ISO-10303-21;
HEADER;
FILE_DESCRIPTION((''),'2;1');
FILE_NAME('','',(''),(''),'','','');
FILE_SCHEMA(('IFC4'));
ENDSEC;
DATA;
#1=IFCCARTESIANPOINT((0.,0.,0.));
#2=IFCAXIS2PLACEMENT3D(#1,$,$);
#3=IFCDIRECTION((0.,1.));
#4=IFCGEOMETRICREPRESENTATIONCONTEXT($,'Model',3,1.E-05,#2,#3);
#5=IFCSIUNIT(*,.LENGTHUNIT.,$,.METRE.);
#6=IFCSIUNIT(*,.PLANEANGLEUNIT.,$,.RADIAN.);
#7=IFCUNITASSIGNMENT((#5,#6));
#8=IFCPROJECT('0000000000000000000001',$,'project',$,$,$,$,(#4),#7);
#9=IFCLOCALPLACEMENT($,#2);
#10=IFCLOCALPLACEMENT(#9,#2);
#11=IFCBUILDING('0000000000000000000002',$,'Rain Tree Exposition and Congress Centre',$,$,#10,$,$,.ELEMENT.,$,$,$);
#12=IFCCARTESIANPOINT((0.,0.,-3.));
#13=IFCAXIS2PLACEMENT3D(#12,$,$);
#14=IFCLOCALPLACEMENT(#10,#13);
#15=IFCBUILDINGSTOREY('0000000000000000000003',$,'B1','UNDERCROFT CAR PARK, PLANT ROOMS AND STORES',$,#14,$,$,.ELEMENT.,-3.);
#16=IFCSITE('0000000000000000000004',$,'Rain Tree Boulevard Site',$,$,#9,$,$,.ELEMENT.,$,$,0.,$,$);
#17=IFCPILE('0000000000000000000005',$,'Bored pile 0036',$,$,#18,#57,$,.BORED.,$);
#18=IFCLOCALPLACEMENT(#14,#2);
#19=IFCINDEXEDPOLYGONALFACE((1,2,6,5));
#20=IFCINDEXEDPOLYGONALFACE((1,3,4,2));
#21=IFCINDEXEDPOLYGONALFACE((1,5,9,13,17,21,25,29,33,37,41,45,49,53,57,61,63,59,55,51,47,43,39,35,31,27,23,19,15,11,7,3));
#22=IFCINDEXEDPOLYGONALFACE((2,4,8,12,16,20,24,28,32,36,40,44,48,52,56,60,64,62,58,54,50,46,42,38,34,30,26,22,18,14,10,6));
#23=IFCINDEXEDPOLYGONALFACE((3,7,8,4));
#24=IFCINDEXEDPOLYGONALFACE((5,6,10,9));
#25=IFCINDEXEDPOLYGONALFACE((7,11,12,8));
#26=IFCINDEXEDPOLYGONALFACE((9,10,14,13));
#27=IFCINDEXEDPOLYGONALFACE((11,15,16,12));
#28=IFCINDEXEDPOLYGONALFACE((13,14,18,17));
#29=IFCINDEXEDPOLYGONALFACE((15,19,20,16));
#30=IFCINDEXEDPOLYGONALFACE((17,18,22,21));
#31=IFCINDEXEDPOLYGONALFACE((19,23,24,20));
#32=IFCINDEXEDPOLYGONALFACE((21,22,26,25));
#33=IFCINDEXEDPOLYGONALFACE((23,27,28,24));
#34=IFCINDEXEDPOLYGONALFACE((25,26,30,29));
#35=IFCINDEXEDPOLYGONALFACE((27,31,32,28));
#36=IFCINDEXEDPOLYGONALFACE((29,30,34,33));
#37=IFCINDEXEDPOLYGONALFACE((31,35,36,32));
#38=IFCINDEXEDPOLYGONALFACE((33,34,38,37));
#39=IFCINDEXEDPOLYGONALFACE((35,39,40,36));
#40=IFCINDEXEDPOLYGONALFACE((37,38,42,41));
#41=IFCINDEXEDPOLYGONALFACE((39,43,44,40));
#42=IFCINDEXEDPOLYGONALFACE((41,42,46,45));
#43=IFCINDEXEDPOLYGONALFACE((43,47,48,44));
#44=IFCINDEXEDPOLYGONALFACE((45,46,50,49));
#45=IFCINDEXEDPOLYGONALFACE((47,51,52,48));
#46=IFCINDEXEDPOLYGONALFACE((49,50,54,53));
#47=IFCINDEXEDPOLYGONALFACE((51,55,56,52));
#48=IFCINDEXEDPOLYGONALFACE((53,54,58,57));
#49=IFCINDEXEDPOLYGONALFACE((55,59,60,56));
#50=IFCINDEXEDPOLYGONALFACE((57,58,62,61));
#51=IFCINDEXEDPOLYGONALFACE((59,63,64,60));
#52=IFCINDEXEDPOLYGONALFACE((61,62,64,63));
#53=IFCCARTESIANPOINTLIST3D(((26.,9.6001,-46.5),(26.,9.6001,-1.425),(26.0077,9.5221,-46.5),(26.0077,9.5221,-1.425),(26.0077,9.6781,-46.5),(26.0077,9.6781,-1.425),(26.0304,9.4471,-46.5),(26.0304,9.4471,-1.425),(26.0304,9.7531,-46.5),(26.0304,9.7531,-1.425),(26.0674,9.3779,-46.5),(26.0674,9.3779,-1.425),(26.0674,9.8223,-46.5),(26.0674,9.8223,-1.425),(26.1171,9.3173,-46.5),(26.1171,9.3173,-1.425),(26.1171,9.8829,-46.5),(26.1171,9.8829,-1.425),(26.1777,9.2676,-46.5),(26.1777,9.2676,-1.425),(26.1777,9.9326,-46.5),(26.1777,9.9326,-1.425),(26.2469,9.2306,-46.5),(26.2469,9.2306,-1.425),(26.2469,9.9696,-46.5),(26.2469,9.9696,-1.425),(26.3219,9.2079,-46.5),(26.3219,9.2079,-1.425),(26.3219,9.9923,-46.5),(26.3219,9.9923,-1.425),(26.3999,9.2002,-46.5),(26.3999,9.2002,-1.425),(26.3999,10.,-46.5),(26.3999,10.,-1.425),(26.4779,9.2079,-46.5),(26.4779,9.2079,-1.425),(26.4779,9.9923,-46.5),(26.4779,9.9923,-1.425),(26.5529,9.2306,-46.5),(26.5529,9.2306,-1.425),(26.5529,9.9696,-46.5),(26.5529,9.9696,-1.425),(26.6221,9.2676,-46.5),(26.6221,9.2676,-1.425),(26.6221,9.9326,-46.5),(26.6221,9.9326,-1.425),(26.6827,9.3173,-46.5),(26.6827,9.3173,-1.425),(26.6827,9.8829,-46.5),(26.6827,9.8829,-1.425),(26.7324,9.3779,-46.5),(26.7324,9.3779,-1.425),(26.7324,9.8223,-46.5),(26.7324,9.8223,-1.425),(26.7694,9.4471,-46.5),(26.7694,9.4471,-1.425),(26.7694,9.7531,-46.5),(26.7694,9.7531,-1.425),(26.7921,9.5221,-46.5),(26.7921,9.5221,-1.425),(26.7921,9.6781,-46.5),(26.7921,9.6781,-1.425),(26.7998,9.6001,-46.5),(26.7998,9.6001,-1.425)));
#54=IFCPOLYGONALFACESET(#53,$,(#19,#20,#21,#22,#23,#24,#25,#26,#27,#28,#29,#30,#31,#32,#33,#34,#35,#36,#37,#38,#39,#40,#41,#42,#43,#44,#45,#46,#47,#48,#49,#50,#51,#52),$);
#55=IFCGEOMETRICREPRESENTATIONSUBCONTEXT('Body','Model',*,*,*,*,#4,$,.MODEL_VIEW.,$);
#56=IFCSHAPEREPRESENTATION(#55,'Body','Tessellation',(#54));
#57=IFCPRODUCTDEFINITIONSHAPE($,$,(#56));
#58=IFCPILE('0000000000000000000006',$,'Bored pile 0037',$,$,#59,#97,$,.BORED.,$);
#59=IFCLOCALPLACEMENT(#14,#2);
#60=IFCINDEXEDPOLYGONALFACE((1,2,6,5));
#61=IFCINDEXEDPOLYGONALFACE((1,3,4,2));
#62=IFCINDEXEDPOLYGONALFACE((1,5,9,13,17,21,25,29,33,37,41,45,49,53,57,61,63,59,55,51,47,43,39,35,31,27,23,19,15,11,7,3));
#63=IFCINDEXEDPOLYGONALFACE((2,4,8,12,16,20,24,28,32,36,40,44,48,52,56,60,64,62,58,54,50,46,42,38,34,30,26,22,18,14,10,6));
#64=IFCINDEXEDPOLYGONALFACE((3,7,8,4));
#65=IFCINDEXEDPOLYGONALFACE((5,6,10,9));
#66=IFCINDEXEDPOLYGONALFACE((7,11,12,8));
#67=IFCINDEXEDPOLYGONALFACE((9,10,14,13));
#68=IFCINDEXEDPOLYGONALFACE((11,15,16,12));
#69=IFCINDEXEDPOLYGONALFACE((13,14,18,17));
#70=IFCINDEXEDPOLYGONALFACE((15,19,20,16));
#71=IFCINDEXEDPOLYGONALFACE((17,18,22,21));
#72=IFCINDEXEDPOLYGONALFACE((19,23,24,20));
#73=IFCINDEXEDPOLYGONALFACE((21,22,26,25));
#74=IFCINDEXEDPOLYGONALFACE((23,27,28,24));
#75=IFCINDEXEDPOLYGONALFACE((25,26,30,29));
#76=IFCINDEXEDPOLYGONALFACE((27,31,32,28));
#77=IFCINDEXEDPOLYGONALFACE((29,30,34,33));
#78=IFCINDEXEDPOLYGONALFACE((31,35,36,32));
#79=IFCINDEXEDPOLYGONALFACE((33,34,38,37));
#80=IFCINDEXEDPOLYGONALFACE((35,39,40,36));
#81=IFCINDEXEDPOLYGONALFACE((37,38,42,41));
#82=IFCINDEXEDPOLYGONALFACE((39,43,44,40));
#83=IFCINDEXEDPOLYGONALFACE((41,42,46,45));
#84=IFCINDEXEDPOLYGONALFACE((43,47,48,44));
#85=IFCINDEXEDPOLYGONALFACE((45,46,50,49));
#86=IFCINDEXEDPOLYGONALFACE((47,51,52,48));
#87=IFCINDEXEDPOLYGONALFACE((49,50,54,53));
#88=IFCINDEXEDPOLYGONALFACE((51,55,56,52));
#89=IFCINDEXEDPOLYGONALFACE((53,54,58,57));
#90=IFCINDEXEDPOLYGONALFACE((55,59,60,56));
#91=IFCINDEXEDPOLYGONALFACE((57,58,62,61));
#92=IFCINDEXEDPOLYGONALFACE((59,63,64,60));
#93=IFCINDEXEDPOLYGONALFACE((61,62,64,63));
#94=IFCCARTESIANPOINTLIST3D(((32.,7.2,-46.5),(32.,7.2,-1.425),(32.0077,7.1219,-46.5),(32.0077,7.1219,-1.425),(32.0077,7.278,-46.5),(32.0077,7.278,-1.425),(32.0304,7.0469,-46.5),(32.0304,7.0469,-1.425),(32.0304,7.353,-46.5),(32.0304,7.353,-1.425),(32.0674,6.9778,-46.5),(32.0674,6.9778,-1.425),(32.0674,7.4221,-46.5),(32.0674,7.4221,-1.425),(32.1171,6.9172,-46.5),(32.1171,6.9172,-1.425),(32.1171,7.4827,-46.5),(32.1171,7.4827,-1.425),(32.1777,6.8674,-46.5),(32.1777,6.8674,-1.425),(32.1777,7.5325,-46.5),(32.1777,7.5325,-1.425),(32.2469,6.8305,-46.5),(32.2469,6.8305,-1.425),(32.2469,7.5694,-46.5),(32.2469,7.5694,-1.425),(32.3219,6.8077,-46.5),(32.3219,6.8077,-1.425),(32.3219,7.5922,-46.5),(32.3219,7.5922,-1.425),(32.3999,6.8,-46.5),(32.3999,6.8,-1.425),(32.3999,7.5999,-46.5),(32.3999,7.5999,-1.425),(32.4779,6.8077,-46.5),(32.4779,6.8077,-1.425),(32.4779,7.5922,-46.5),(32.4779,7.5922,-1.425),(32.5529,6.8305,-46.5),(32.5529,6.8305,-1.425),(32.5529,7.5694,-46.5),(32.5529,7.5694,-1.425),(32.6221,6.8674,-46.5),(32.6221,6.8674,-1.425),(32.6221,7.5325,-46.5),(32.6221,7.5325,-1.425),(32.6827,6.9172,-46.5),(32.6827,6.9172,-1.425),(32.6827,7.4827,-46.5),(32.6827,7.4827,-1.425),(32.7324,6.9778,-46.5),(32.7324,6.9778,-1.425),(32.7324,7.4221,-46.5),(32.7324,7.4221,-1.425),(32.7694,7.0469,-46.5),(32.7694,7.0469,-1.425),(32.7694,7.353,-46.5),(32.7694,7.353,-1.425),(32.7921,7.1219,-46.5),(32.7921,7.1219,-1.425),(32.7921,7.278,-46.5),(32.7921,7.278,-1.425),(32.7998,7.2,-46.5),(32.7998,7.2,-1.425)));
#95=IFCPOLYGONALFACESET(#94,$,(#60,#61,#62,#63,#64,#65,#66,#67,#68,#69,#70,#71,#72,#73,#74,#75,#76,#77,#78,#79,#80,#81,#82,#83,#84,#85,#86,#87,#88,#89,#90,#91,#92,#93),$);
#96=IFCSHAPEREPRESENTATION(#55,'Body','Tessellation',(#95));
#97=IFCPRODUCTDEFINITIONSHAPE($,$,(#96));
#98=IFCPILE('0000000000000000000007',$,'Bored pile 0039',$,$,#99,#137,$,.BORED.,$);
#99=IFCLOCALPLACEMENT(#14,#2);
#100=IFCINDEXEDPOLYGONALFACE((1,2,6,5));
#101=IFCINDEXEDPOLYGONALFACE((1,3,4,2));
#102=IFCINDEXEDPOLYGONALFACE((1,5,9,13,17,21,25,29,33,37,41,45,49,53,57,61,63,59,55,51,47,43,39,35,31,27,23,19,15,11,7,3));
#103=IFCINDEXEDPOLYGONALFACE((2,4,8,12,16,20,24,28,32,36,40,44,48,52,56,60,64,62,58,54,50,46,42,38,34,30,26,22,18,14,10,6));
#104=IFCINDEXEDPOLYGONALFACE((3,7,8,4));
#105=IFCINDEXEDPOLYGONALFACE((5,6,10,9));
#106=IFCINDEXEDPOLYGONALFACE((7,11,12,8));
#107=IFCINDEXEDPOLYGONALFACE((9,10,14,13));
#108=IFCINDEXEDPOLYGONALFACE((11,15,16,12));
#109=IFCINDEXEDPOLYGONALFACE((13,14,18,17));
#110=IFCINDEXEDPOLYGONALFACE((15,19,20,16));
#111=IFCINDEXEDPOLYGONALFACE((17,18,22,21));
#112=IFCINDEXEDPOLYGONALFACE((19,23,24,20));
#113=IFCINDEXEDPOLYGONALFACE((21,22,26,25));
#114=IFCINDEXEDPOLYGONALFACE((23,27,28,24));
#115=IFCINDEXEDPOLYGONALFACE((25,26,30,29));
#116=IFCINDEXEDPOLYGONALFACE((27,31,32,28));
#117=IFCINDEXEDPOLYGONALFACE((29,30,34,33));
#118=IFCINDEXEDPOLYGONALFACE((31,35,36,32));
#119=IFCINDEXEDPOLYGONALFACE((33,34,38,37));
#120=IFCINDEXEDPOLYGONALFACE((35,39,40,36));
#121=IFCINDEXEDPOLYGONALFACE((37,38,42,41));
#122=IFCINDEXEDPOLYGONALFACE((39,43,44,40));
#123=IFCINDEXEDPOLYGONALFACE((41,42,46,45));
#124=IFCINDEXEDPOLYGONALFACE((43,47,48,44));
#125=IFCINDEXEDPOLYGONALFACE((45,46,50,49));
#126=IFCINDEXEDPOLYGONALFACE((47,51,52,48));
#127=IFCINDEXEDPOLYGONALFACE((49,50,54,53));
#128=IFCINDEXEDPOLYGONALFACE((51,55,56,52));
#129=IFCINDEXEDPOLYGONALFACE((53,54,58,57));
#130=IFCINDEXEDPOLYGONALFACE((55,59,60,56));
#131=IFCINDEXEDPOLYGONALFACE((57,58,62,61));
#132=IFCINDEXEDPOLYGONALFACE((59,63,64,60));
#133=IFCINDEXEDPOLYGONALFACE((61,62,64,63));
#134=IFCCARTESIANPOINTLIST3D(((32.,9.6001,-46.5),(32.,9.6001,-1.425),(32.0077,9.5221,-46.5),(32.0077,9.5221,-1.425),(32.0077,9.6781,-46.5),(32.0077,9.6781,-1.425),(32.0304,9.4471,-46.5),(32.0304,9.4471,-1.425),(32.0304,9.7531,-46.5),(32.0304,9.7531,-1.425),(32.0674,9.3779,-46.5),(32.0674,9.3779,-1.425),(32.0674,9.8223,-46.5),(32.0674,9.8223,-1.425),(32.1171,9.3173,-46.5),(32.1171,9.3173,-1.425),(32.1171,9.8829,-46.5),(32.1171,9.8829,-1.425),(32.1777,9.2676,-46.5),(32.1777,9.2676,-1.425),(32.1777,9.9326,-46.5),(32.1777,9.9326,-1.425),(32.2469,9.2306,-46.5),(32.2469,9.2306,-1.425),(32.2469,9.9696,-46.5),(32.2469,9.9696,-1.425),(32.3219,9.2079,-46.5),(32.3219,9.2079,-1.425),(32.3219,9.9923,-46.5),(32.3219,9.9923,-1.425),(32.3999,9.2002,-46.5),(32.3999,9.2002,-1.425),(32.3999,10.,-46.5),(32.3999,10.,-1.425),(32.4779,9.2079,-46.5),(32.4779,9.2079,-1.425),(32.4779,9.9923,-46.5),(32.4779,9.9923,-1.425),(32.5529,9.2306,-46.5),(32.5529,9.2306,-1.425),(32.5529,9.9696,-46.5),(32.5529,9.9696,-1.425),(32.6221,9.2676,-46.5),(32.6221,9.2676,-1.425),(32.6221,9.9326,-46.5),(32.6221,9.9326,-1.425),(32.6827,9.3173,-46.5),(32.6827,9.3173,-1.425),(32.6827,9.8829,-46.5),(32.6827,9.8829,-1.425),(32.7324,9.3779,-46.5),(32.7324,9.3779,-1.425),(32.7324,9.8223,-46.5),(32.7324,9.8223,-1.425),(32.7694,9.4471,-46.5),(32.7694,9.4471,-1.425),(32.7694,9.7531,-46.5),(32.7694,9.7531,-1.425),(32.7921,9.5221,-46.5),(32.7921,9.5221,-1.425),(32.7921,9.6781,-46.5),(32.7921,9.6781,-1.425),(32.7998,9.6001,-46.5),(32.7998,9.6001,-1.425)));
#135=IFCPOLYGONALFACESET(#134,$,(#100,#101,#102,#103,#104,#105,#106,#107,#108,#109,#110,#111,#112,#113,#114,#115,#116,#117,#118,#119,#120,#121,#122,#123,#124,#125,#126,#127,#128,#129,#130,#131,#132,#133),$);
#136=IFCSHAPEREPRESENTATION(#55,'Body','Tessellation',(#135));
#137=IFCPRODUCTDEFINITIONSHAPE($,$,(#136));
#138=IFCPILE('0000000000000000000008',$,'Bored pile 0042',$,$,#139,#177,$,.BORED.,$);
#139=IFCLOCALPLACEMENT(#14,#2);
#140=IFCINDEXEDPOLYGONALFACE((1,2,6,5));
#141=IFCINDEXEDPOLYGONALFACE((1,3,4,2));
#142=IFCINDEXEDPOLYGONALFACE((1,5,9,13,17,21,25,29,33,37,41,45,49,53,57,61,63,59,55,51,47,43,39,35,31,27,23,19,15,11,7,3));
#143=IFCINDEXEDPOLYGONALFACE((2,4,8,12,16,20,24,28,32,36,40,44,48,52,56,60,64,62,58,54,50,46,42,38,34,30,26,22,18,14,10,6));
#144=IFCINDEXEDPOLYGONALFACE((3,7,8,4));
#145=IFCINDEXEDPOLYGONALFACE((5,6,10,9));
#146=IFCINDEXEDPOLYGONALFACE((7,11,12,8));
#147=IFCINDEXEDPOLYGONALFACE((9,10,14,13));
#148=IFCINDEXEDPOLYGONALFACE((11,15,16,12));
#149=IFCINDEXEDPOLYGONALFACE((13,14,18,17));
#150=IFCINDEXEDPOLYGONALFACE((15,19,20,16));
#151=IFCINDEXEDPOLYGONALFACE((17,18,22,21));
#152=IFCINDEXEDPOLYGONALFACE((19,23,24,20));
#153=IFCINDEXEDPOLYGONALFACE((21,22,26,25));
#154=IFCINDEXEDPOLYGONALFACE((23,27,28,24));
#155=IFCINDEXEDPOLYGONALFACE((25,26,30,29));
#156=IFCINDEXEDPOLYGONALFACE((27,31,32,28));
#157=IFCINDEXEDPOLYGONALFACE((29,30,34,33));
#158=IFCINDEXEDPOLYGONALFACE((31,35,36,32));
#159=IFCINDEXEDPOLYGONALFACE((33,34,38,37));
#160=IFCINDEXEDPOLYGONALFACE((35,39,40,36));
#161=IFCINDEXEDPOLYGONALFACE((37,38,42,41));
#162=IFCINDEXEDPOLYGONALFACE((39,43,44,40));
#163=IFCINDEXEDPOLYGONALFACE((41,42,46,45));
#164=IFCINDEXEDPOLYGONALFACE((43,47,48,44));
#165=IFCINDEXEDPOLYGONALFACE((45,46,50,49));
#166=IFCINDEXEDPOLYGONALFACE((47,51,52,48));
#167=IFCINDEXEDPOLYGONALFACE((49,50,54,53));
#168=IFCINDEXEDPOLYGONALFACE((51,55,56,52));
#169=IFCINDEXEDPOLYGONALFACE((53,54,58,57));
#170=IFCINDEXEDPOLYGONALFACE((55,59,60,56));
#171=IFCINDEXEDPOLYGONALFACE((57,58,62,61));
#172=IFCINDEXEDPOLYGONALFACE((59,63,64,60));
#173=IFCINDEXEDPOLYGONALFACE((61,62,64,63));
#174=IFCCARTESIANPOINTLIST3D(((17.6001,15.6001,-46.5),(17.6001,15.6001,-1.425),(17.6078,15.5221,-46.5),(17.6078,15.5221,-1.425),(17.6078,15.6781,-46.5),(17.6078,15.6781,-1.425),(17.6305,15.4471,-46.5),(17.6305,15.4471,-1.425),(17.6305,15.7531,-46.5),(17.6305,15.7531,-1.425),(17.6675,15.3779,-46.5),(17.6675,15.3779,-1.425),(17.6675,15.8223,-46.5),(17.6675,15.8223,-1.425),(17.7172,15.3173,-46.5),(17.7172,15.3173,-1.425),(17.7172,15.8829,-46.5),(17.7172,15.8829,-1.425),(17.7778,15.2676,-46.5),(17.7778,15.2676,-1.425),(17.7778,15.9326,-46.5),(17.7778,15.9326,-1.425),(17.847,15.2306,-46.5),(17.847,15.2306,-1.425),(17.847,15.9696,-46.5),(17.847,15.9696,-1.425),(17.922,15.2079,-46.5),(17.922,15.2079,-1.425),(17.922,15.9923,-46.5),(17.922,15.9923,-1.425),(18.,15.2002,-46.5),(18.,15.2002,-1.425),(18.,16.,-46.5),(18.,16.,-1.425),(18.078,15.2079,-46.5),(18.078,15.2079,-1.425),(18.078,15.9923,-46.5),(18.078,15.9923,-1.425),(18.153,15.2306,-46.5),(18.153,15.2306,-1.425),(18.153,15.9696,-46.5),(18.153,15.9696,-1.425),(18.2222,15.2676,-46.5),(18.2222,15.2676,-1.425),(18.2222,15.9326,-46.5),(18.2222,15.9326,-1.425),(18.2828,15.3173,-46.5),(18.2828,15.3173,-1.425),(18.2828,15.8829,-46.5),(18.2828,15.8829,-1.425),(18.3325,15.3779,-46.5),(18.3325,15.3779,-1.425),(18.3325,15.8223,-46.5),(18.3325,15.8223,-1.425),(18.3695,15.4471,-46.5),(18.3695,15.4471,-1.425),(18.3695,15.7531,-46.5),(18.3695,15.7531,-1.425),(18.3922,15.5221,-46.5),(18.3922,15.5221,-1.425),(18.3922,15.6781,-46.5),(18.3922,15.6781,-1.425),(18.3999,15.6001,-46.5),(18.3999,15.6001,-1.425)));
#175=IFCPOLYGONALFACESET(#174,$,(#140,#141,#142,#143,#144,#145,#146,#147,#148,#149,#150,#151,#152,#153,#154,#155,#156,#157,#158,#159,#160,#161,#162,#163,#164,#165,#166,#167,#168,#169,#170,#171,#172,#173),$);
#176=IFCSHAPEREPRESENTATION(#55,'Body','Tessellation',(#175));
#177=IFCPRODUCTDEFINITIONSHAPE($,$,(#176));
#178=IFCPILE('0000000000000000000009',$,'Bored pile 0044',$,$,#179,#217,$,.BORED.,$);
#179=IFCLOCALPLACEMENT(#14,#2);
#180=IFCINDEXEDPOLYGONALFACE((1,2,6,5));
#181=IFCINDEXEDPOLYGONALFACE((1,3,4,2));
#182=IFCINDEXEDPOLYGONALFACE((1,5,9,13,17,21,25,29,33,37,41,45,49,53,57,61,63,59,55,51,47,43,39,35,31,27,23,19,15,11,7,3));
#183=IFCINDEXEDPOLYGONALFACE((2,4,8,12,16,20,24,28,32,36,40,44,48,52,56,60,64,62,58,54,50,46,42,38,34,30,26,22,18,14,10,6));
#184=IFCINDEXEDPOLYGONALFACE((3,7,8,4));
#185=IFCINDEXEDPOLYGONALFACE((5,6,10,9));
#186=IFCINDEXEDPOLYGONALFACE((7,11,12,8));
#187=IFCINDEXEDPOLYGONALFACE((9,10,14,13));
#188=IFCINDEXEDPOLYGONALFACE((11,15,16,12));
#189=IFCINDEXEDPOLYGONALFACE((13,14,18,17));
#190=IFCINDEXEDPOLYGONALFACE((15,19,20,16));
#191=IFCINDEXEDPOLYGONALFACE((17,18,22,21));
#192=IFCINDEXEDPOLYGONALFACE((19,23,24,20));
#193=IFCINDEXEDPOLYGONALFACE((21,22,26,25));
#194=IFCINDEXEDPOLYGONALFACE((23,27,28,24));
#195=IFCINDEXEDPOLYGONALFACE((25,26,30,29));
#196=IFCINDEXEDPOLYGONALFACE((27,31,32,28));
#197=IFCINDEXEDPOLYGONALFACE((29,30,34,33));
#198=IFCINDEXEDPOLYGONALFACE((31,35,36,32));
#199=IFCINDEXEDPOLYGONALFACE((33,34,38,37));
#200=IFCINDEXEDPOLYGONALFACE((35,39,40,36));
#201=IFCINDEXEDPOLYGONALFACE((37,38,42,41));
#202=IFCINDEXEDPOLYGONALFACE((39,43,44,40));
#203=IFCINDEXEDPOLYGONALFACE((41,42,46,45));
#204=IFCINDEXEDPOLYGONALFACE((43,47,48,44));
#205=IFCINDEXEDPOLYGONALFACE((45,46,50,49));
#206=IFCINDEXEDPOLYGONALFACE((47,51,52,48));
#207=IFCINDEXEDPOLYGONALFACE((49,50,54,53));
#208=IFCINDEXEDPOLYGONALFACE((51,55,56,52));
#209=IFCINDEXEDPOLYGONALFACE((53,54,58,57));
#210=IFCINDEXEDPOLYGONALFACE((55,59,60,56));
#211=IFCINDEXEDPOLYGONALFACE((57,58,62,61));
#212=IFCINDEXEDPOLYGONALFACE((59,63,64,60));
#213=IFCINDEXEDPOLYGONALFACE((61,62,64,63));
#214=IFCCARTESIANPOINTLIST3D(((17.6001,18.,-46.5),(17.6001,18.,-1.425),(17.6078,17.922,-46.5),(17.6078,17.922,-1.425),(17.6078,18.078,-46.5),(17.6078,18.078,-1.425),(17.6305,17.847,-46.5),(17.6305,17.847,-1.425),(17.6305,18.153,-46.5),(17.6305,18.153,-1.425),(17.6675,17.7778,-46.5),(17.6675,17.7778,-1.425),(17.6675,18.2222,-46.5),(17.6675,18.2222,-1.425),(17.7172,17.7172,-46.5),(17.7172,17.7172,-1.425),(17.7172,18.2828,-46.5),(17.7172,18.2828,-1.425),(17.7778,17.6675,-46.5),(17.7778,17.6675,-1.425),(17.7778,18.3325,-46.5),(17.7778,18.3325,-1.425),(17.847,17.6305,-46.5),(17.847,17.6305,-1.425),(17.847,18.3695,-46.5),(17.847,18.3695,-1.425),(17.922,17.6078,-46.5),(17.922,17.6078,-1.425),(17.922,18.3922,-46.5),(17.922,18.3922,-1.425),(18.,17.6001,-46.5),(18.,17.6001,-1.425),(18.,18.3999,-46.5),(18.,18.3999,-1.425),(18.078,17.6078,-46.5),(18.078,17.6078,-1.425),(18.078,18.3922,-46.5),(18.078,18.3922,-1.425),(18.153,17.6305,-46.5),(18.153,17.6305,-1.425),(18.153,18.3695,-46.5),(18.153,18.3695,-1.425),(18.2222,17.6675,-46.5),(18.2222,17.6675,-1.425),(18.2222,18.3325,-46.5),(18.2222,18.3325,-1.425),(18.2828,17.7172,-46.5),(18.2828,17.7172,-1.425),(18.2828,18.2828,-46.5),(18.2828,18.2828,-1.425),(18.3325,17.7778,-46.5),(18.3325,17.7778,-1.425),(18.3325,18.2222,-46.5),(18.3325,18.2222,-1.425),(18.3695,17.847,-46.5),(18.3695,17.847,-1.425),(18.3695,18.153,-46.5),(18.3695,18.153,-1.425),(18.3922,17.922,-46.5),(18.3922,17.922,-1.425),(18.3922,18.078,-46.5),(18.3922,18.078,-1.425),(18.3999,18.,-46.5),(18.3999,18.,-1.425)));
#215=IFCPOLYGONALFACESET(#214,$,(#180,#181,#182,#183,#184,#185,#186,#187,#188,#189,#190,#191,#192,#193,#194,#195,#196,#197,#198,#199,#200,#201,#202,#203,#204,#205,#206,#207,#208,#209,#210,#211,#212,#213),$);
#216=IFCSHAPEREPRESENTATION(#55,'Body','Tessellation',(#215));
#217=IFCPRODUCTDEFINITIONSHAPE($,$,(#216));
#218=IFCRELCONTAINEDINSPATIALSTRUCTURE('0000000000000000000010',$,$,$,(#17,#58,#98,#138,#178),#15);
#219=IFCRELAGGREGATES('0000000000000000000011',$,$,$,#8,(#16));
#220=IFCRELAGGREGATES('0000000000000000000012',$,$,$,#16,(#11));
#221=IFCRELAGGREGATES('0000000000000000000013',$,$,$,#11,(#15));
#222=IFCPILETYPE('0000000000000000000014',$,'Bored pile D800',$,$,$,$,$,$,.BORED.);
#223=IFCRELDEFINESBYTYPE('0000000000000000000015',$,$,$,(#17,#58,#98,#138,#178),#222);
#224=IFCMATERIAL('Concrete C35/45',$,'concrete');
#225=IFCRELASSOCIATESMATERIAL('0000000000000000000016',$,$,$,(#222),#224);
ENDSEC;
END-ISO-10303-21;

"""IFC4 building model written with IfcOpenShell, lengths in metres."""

from ifc_helpers import new_model, si_unit, direction, frame, origin, origin_2d, place, context, subcontext, project, spatial, circle, extrude, material, material_profile, profile_set, type_object, element, save


model = new_model("IFC4")

# Units and contexts
model_context = context("Model", 3, precision=1e-05, world=origin(), true_north=direction((0.0, 1.0)))
body_context = subcontext(model_context, "Body", "Model", "MODEL_VIEW")
ifc_project = project(units=[si_unit("LENGTHUNIT", "METRE"), si_unit("PLANEANGLEUNIT", "RADIAN")], contexts=[model_context])

# Site, building, storey
site_placement = place(None, origin())
site = spatial("IfcSite", under=ifc_project, at=site_placement, Name="Rain Tree Boulevard Site", CompositionType="ELEMENT", RefElevation=0.0)
building_placement = place(site_placement, origin())
building = spatial("IfcBuilding", under=site, at=building_placement, Name="Rain Tree Exposition and Congress Centre", CompositionType="ELEMENT")
storey_placement = place(building_placement, frame((0.0, 0.0, -3.0)))
storey = spatial("IfcBuildingStorey", under=building, at=storey_placement, Name="B1", Description="UNDERCROFT CAR PARK, PLANT ROOMS AND STORES", CompositionType="ELEMENT", Elevation=-3.0)

# Piles
ifc_material_1 = material(Name="Concrete C35/45", Category="concrete")
ifc_material_profile_1 = material_profile(ifc_material_1, circle(Radius=0.3999, at=origin_2d()), Name="D800")
ifc_profile_set_1 = profile_set([ifc_material_profile_1], Name="Concrete C35/45")
pile_type = type_object("IfcPileType", Name="Bored pile D800", PredefinedType="BORED", material=ifc_profile_set_1)
for number, where, z_axis, x_axis, name in (
    (1, (26.3999, 9.6001, -1.425), (0.0, 0.0, -1.0), (1.0, 0.0, 0.0), "Bored pile 0036"),
    (2, (32.3999, 7.2, -1.425), (0.0, 0.0, -1.0), (1.0, 0.0, 0.0), "Bored pile 0037"),
    (3, (32.3999, 9.6001, -1.425), (0.0, 0.0, -1.0), (1.0, 0.0, 0.0), "Bored pile 0039"),
    (4, (18.0, 15.6001, -1.425), (0.0, 0.0, -1.0), (1.0, 0.0, 0.0), "Bored pile 0042"),
    (5, (18.0, 18.0, -1.425), (0.0, 0.0, -1.0), (1.0, 0.0, 0.0), "Bored pile 0044"),
):
    element("IfcPile", number, at=place(storey_placement, frame(where, z_axis=z_axis, x_axis=x_axis)), inside=storey, type_object=pile_type, Name=name, PredefinedType="BORED", context=body_context, shape_type="SweptSolid", body=[
        extrude(circle(Radius=0.3999, at=origin_2d()), origin(), (0.0, 0.0, 1.0), 45.075),
    ])

save(model, "model.ifc")
